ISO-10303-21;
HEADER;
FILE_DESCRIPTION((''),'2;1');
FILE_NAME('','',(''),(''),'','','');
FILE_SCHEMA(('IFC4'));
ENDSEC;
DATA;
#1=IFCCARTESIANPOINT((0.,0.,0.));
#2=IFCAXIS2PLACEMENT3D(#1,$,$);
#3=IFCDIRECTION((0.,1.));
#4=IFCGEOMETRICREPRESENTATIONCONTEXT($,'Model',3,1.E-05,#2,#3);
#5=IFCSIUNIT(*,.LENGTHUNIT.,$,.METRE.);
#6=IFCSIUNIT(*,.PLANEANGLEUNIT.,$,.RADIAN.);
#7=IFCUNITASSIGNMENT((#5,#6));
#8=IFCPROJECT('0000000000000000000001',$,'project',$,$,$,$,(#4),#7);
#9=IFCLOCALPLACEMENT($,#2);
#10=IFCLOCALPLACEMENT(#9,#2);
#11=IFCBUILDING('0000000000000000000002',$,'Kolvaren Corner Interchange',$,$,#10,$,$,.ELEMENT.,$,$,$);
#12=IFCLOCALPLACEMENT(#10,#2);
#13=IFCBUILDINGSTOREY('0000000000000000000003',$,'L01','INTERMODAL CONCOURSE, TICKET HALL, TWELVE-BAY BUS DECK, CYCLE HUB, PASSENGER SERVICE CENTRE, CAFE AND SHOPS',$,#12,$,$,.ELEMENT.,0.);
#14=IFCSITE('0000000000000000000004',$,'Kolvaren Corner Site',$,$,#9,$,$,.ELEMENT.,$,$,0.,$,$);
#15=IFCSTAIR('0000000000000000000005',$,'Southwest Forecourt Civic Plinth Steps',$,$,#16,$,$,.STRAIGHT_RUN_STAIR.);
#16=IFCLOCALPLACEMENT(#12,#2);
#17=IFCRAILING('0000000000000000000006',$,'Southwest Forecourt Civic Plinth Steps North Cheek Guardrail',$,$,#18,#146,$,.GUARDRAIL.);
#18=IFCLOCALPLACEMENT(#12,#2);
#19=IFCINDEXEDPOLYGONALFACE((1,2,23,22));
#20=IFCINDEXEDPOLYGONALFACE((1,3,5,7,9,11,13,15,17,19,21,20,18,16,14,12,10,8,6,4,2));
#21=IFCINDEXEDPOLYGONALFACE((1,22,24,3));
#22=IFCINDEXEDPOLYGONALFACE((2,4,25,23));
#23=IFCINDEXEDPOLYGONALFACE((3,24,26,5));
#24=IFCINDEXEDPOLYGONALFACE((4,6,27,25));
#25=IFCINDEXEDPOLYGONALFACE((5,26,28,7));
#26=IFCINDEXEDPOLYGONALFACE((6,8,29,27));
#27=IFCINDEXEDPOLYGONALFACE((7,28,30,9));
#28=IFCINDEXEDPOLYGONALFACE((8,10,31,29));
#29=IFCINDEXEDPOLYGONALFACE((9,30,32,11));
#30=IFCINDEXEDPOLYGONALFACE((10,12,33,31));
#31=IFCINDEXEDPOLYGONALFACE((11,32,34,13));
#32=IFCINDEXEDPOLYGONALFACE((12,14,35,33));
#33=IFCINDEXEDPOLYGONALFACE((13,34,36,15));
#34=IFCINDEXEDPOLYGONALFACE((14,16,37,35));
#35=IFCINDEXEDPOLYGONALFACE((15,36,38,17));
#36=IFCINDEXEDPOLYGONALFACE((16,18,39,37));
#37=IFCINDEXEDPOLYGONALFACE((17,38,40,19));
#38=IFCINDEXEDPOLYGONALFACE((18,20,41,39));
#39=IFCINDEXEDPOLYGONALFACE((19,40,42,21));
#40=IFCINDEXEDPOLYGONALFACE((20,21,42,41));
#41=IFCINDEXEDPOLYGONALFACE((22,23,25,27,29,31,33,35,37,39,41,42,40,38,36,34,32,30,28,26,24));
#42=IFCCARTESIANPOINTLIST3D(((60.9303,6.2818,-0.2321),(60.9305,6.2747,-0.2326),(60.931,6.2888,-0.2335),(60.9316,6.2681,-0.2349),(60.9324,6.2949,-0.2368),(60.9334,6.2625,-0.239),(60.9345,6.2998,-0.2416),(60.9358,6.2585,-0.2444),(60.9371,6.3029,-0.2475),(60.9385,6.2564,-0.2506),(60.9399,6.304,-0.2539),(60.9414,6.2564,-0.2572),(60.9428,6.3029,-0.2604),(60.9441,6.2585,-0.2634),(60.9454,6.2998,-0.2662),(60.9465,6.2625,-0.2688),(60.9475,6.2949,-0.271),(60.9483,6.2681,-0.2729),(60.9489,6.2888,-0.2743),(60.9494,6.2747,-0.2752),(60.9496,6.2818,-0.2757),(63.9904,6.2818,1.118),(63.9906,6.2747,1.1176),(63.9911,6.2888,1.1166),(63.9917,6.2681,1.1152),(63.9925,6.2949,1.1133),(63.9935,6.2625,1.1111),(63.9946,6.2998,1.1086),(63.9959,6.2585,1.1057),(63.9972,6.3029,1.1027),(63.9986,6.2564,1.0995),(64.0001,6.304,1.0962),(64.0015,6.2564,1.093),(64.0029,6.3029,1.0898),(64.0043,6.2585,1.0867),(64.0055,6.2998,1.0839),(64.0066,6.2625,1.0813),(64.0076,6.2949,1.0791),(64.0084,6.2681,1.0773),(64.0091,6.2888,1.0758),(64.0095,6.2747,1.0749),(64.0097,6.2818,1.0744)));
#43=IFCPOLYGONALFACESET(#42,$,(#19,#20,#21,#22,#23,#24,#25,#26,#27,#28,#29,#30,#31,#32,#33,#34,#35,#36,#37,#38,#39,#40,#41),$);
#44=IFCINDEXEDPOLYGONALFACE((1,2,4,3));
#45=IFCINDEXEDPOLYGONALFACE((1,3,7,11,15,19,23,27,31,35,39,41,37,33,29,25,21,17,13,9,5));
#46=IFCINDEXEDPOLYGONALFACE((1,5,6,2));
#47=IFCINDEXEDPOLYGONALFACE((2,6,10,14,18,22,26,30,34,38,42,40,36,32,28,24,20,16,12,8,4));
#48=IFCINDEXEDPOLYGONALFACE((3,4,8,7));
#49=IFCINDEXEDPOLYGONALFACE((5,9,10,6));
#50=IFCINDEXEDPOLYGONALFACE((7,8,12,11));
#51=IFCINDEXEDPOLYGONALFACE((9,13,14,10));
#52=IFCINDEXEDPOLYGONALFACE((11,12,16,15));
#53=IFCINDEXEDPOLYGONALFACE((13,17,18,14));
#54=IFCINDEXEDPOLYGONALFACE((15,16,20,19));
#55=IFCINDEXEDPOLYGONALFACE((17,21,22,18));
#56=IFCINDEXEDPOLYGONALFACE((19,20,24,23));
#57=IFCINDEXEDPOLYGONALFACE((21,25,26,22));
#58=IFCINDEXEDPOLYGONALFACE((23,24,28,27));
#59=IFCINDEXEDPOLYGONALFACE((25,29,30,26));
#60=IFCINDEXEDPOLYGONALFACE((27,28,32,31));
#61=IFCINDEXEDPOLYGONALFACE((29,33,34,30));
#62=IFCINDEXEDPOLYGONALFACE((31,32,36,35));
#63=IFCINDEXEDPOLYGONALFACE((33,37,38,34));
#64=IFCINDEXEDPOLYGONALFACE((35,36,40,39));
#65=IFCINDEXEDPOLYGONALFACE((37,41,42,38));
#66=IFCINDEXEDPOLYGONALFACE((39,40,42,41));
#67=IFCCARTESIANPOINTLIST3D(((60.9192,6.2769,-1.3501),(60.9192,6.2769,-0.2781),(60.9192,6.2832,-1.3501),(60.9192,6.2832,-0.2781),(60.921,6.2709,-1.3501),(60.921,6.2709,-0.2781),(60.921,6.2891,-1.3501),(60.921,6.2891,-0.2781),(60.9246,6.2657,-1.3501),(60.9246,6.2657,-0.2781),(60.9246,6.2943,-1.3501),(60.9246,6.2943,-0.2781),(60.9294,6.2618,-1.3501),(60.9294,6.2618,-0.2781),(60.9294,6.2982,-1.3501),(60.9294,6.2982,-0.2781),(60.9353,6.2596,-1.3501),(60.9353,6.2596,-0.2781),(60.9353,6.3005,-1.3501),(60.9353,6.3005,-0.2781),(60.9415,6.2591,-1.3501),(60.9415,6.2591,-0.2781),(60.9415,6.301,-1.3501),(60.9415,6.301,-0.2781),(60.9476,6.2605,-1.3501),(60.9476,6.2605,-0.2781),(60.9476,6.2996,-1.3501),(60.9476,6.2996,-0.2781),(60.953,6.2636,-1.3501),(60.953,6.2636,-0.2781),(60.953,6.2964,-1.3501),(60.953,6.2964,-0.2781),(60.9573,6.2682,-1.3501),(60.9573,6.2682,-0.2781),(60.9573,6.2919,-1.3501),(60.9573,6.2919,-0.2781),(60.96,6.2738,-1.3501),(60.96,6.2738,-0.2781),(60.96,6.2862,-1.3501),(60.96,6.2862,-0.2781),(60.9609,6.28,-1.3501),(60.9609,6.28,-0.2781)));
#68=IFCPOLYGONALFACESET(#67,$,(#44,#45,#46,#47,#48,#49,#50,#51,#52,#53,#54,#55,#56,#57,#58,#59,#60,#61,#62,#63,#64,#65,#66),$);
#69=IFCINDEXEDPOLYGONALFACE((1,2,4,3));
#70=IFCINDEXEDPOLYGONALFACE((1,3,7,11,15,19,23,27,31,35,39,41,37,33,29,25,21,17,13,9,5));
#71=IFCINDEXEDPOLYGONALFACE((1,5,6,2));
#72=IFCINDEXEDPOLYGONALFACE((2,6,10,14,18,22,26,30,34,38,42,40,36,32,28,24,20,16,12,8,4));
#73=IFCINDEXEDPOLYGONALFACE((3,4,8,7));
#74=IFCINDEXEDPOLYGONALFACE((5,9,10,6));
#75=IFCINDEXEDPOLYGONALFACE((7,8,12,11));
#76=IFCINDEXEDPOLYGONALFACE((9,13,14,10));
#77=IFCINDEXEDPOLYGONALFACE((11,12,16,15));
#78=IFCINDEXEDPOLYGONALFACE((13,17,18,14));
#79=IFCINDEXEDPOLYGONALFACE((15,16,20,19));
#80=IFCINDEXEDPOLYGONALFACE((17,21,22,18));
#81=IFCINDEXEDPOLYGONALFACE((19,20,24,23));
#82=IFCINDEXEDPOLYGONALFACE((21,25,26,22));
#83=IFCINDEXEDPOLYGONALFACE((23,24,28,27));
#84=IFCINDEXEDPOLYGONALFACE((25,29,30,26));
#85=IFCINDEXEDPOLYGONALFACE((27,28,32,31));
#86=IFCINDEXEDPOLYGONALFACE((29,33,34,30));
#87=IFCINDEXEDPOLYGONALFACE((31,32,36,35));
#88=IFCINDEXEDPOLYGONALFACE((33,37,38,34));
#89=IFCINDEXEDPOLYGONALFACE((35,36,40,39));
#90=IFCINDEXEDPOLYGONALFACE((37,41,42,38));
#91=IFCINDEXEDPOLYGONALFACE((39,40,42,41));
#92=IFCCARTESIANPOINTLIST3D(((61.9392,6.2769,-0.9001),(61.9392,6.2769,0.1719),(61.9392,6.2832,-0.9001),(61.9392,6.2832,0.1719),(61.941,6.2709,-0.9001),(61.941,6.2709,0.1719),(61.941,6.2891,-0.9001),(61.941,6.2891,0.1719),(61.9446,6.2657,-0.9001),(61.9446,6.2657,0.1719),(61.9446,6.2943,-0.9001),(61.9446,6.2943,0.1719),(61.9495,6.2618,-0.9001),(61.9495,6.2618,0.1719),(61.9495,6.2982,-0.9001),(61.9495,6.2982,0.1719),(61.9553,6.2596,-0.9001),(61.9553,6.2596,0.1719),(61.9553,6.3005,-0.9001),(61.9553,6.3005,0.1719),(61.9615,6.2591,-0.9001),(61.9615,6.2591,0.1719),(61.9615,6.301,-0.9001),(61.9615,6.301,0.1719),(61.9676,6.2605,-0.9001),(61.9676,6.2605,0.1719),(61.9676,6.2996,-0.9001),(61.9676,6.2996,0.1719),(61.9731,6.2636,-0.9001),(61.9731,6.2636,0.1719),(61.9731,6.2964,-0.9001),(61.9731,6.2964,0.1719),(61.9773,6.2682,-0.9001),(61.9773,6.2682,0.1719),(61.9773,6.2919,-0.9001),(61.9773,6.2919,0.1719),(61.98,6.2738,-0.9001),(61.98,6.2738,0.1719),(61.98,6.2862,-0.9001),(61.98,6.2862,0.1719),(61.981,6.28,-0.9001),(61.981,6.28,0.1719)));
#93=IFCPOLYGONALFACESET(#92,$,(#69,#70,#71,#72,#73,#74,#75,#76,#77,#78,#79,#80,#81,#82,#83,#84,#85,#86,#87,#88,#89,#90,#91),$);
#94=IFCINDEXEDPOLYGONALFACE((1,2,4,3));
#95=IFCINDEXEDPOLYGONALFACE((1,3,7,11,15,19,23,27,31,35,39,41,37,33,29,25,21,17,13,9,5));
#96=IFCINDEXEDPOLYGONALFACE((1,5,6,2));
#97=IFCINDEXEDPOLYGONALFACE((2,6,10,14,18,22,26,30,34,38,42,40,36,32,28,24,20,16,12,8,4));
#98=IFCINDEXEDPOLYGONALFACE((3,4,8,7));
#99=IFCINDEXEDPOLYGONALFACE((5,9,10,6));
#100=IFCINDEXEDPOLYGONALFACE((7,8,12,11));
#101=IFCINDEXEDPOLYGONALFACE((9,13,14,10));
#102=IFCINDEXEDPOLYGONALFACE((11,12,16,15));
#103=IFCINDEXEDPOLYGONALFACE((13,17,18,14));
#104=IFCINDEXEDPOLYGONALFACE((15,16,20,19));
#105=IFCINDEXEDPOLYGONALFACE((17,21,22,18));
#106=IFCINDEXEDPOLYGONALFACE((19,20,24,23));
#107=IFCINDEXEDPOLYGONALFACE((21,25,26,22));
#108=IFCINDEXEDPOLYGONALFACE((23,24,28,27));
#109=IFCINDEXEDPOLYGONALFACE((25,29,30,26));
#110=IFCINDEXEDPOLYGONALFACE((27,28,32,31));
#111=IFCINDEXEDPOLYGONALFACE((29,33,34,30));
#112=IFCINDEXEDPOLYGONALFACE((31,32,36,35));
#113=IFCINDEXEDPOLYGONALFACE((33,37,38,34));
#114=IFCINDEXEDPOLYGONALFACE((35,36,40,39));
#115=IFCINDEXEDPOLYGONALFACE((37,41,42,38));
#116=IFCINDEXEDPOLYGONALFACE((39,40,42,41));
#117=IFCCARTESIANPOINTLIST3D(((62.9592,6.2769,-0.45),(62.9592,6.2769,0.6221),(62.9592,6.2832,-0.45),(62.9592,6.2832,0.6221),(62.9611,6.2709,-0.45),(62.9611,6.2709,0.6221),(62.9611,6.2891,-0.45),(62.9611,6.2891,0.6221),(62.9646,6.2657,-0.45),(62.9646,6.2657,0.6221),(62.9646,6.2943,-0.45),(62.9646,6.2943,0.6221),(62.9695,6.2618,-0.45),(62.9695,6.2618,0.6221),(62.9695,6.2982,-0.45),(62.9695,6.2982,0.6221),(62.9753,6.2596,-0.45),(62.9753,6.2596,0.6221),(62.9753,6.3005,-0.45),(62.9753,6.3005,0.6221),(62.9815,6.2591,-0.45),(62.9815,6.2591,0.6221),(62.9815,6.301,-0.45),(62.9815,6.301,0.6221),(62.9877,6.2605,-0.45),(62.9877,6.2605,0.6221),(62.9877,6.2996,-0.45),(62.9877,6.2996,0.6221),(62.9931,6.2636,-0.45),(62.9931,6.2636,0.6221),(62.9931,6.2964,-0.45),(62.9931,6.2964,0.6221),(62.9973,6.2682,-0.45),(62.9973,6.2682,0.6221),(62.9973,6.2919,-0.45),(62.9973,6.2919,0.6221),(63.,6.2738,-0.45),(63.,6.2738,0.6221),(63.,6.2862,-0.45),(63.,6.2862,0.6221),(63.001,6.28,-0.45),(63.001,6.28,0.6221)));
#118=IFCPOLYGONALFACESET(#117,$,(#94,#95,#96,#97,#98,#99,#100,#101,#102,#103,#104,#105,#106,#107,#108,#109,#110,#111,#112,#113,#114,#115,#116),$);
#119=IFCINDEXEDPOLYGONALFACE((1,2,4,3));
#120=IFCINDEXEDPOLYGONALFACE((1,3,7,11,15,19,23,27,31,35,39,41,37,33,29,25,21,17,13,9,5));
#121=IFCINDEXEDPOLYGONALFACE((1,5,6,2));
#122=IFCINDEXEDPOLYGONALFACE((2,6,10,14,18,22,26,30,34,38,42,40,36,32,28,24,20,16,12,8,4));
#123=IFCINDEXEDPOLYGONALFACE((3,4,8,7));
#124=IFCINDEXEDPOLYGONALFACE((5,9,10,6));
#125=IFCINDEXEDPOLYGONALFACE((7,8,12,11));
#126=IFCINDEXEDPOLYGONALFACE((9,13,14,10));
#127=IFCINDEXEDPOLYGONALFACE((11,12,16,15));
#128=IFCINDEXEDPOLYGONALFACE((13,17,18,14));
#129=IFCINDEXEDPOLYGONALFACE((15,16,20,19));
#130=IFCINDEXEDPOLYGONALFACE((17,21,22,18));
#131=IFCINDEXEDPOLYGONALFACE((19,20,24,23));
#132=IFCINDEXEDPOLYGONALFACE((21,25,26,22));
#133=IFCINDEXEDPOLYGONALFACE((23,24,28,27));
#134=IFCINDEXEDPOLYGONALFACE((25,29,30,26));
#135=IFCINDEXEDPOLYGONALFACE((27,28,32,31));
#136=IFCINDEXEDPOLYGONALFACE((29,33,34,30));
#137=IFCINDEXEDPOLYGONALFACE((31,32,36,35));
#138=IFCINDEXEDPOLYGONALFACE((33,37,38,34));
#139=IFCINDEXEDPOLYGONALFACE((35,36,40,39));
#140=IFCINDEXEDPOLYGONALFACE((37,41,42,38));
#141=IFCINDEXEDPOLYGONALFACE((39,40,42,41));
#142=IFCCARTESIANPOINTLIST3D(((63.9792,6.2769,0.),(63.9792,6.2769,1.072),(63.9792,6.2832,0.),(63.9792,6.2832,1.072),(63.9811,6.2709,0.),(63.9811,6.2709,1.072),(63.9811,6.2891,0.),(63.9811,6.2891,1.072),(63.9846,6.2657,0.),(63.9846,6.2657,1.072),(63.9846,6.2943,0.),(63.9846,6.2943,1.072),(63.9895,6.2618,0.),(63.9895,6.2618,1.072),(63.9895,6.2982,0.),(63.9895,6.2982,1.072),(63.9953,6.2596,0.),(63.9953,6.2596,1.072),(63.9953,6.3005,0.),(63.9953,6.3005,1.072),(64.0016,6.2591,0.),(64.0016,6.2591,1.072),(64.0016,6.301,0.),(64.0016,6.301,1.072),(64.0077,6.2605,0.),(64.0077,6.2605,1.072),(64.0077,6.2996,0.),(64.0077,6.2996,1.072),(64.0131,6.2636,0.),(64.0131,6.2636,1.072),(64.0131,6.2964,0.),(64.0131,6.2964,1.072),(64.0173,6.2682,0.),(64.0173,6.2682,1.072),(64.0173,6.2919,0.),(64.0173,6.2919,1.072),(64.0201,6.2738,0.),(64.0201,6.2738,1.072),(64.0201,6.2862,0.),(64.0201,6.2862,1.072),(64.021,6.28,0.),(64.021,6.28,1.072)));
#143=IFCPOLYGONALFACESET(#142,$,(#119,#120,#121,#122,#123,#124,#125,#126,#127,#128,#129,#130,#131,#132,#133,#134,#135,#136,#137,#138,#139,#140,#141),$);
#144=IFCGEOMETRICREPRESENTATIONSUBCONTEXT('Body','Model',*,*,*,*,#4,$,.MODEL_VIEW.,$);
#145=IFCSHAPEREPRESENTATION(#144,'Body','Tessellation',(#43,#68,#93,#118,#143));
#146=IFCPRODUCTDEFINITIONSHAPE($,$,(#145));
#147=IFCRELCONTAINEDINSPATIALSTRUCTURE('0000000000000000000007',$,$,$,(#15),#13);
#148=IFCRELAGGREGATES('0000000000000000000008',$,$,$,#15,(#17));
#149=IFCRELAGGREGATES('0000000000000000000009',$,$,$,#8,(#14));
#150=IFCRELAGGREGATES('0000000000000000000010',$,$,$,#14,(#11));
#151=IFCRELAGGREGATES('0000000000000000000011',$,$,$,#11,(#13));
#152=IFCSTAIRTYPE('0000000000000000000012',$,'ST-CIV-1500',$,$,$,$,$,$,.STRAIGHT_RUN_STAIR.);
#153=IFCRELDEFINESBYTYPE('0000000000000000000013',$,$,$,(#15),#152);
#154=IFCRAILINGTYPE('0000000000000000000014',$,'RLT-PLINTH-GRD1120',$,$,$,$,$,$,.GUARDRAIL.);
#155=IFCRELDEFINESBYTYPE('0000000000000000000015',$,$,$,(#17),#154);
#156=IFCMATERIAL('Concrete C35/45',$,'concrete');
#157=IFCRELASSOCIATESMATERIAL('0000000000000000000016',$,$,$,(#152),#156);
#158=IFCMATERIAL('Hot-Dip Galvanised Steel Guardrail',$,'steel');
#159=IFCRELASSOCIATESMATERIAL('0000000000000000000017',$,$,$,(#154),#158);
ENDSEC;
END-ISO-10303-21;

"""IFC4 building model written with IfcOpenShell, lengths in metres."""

from ifc_helpers import new_model, si_unit, direction, frame, origin, origin_2d, place, context, subcontext, project, spatial, circle, extrude, material, type_object, element, aggregate, save


model = new_model("IFC4")

# Units and contexts
model_context = context("Model", 3, precision=1e-05, world=origin(), true_north=direction((0.0, 1.0)))
body_context = subcontext(model_context, "Body", "Model", "MODEL_VIEW")
ifc_project = project(units=[si_unit("LENGTHUNIT", "METRE"), si_unit("PLANEANGLEUNIT", "RADIAN")], contexts=[model_context])

# Site, building, storey
site_placement = place(None, origin())
site = spatial("IfcSite", under=ifc_project, at=site_placement, Name="Kolvaren Corner Site", CompositionType="ELEMENT", RefElevation=0.0)
building_placement = place(site_placement, origin())
building = spatial("IfcBuilding", under=site, at=building_placement, Name="Kolvaren Corner Interchange", CompositionType="ELEMENT")
storey_placement = place(building_placement, origin())
storey = spatial("IfcBuildingStorey", under=building, at=storey_placement, Name="L01", Description="INTERMODAL CONCOURSE, TICKET HALL, TWELVE-BAY BUS DECK, CYCLE HUB, PASSENGER SERVICE CENTRE, CAFE AND SHOPS", CompositionType="ELEMENT", Elevation=0.0)

# Stair
ifc_material_1 = material(Name="Concrete C35/45", Category="concrete")
stair_type = type_object("IfcStairType", Name="ST-CIV-1500", PredefinedType="STRAIGHT_RUN_STAIR", material=ifc_material_1)
stair_placement = place(storey_placement, origin())
stair = element("IfcStair", 1, at=stair_placement, inside=storey, type_object=stair_type, Name="Southwest Forecourt Civic Plinth Steps", PredefinedType="STRAIGHT_RUN_STAIR")

# Shared definitions
ifc_material_2 = material(Name="Hot-Dip Galvanised Steel Guardrail", Category="steel")
railing_type_1 = type_object("IfcRailingType", Name="RLT-PLINTH-GRD1120", PredefinedType="GUARDRAIL", material=ifc_material_2)

# Railing
railing_1_placement = place(storey_placement, frame((60.9399, 6.28, -1.3501)))
railing_1 = element("IfcRailing", 2, at=railing_1_placement, type_object=railing_type_1, Name="Southwest Forecourt Civic Plinth Steps North Cheek Guardrail", PredefinedType="GUARDRAIL", context=body_context, shape_type="SweptSolid", body=[
    extrude(circle(Radius=0.0239, at=origin_2d()), frame((0.0, 0.0, 1.0962), z_axis=(0.91491, 0.0, 0.403658), x_axis=(0.0, 1.0, 0.0)), (0.0, 0.0, 1.0), 3.3447),
    extrude(circle(Radius=0.021, at=origin_2d()), origin(), (0.0, 0.0, 1.0), 1.072),
    extrude(circle(Radius=0.021, at=origin_2d()), frame((1.02, 0.0, 0.45)), (0.0, 0.0, 1.0), 1.072),
    extrude(circle(Radius=0.021, at=origin_2d()), frame((2.04, 0.0, 0.9001)), (0.0, 0.0, 1.0), 1.072),
    extrude(circle(Radius=0.021, at=origin_2d()), frame((3.0601, 0.0, 1.3501)), (0.0, 0.0, 1.0), 1.072),
])

aggregate(stair, [railing_1])

save(model, "model.ifc")
